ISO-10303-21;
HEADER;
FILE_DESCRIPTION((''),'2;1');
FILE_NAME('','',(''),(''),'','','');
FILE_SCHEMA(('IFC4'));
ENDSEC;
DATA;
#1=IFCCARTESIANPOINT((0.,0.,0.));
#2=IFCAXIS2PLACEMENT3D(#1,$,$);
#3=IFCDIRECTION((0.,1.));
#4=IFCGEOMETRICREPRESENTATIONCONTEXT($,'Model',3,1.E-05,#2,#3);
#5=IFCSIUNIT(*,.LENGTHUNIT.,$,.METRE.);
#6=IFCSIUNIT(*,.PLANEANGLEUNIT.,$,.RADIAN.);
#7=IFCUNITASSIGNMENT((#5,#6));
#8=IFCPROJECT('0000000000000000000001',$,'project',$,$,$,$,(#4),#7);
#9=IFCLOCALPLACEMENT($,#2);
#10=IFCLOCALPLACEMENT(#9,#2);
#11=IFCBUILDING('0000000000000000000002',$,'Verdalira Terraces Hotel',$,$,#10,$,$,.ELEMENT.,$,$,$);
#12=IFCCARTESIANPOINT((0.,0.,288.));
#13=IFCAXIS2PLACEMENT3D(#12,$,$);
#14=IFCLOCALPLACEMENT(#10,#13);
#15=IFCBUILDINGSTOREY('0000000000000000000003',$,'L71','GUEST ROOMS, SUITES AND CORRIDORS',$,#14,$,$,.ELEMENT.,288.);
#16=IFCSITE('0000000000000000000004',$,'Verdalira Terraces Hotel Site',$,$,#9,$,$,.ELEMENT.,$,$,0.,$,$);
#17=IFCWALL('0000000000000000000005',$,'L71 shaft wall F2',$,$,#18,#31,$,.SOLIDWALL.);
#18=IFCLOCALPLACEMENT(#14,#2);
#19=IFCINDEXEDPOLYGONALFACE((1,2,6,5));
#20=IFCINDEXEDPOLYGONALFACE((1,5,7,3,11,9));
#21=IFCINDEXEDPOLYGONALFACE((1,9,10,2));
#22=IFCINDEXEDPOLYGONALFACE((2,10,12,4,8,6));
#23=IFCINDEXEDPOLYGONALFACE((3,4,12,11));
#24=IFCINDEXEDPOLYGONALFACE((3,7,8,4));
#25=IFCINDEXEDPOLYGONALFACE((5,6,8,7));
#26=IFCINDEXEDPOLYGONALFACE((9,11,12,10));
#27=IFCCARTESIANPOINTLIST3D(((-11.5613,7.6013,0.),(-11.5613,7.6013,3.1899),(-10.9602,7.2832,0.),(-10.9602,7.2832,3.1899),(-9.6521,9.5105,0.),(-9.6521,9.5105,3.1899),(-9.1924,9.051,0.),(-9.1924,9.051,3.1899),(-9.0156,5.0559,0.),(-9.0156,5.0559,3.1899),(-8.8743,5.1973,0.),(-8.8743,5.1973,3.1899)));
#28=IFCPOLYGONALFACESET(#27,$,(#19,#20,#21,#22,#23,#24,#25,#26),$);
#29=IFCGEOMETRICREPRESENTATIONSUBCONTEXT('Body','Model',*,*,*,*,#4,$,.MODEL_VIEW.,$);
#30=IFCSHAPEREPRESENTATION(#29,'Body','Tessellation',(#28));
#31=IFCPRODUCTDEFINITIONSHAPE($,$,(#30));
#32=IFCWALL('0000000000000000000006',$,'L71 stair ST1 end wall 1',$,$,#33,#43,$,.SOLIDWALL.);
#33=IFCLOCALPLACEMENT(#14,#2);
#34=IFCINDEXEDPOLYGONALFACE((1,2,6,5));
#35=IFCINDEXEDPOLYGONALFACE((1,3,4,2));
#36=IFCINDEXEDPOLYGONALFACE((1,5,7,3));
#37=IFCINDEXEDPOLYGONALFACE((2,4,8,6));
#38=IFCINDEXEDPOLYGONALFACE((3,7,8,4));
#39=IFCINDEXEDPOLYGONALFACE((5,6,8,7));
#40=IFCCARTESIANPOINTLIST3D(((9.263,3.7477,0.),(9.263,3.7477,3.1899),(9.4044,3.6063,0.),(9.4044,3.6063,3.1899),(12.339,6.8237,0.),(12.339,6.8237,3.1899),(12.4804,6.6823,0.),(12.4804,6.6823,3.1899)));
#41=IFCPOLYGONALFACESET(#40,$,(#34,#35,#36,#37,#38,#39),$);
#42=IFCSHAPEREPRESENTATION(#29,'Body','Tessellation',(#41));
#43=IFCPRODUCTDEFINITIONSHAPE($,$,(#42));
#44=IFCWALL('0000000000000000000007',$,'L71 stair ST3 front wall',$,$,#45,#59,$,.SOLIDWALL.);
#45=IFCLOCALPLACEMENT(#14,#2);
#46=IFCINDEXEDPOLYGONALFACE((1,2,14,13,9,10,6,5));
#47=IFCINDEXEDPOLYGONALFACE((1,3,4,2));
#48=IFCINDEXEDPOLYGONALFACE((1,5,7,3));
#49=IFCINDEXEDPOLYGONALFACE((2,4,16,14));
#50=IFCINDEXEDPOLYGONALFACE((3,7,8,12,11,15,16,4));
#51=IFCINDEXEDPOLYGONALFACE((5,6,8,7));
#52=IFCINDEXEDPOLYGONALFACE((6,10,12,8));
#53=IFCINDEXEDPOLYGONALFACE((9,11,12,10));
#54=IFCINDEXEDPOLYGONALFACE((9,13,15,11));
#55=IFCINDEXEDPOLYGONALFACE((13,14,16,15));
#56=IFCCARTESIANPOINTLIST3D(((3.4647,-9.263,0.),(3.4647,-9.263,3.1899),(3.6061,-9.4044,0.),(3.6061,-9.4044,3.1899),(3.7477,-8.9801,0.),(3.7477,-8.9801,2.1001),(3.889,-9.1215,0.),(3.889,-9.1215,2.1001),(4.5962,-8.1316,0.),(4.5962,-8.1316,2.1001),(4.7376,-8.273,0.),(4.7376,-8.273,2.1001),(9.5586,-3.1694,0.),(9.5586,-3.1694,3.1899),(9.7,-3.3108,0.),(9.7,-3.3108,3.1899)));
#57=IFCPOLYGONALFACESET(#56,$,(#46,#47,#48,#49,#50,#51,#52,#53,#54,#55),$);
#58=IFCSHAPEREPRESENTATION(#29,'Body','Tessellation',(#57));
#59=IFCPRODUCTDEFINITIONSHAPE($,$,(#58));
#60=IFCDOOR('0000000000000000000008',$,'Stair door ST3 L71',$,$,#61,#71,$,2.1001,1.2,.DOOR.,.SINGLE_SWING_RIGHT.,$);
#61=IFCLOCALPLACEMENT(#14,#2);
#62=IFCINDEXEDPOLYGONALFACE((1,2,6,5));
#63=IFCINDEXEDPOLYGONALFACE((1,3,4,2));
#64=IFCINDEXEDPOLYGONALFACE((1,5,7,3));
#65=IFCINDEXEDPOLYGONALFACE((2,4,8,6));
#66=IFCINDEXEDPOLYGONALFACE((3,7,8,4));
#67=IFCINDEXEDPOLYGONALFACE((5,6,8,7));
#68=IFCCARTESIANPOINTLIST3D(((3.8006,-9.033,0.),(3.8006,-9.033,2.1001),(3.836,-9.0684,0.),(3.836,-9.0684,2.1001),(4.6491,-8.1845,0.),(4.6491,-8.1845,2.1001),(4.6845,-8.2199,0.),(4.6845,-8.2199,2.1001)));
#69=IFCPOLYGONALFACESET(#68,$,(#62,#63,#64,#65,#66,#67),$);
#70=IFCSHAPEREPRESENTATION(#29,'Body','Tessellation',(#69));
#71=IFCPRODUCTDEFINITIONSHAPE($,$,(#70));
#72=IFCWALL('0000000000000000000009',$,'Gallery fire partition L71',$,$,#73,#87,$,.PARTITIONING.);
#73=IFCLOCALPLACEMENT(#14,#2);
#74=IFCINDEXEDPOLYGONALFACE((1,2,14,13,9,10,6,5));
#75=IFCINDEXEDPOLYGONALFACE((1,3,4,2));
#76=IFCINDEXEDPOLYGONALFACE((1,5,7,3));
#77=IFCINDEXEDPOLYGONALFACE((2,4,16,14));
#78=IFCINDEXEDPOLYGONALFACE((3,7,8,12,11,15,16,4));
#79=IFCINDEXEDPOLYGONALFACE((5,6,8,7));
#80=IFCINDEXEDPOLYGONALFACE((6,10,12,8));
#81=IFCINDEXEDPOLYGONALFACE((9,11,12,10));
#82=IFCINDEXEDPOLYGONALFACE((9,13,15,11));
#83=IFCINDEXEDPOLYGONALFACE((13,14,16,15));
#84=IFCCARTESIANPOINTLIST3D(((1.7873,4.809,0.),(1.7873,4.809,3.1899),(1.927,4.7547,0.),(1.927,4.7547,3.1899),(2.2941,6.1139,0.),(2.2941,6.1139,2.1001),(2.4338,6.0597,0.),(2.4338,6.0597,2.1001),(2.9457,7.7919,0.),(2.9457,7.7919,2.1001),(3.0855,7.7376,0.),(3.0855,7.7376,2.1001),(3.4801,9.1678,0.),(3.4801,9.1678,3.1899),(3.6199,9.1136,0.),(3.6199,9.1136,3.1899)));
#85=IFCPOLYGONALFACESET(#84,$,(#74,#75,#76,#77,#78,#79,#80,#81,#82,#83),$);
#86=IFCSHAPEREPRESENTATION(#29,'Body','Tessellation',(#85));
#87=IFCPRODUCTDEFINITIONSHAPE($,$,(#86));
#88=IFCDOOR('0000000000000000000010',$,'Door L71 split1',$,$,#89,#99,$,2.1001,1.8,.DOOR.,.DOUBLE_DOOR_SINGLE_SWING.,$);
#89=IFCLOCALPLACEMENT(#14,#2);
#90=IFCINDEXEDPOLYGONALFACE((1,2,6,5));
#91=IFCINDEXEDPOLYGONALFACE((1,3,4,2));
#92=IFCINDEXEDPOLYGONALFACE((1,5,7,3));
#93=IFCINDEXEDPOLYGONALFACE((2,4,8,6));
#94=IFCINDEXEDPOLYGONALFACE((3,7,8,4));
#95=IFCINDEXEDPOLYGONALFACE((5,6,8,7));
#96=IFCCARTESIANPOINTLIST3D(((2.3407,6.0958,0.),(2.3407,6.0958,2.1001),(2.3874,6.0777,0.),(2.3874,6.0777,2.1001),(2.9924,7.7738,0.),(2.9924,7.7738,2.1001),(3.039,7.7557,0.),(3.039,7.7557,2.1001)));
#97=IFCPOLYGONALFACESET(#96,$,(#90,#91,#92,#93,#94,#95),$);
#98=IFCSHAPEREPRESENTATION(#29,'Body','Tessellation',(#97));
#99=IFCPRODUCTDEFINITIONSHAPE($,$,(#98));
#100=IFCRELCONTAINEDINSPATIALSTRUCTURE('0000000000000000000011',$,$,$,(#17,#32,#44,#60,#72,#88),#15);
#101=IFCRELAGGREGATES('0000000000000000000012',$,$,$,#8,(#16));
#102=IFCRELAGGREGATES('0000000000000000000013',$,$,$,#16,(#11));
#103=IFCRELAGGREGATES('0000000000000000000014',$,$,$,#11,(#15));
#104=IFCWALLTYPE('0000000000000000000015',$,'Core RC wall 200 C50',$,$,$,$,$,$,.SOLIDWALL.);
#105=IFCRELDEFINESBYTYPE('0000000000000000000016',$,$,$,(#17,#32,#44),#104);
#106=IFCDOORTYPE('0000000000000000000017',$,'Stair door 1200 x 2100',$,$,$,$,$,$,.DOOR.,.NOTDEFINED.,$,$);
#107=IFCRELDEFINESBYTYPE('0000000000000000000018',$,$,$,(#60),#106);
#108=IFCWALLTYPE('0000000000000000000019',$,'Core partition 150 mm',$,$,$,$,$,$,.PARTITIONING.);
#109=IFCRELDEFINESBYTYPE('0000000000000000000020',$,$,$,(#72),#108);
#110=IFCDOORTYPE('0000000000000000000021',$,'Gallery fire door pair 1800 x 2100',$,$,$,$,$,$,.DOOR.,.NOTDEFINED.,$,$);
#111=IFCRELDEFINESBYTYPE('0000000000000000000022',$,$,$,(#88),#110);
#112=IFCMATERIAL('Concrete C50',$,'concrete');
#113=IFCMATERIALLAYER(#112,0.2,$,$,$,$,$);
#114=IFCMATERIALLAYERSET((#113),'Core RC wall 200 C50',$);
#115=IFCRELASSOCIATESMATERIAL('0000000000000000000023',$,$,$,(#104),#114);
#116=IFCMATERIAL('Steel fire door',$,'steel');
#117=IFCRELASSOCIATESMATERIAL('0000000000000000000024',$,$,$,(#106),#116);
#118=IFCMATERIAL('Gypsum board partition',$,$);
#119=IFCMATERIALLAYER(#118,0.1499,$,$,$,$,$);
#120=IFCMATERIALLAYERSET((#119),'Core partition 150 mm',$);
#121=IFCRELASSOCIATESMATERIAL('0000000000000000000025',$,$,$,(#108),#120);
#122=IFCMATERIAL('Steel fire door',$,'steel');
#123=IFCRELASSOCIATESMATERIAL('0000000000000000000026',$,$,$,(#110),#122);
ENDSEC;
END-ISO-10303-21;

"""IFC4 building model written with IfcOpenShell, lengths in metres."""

from ifc_helpers import new_model, si_unit, direction, frame, frame_2d, origin, place, context, subcontext, project, spatial, polyline, rectangle, outline, extrude, material, layer, layer_set, type_object, element, fill, save


model = new_model("IFC4")

# Units and contexts
model_context = context("Model", 3, precision=1e-05, world=origin(), true_north=direction((0.0, 1.0)))
body_context = subcontext(model_context, "Body", "Model", "MODEL_VIEW")
ifc_project = project(units=[si_unit("LENGTHUNIT", "METRE"), si_unit("PLANEANGLEUNIT", "RADIAN")], contexts=[model_context])

# Site, building, storey
site_placement = place(None, origin())
site = spatial("IfcSite", under=ifc_project, at=site_placement, Name="Verdalira Terraces Hotel Site", CompositionType="ELEMENT", RefElevation=0.0)
building_placement = place(site_placement, origin())
building = spatial("IfcBuilding", under=site, at=building_placement, Name="Verdalira Terraces Hotel", CompositionType="ELEMENT")
storey_placement = place(building_placement, frame((0.0, 0.0, 288.0)))
storey = spatial("IfcBuildingStorey", under=building, at=storey_placement, Name="L71", Description="GUEST ROOMS, SUITES AND CORRIDORS", CompositionType="ELEMENT", Elevation=288.0)

# Shared definitions
ifc_material_1 = material(Name="Concrete C50", Category="concrete")
ifc_layer_1 = layer(ifc_material_1, 0.2)
ifc_layer_set_1 = layer_set([ifc_layer_1], Name="Core RC wall 200 C50")
wall_type_1 = type_object("IfcWallType", Name="Core RC wall 200 C50", PredefinedType="SOLIDWALL", material=ifc_layer_set_1)

# Walls
wall_1_placement = place(storey_placement, origin())
element("IfcWall", 1, at=wall_1_placement, inside=storey, type_object=wall_type_1, Name="L71 shaft wall F2", PredefinedType="SOLIDWALL", context=body_context, shape_type="SweptSolid", body=[
    extrude(outline(polyline([(-11.5613, 7.6013), (-9.6521, 9.5105), (-9.1924, 9.051), (-10.9602, 7.2832), (-8.8743, 5.1973), (-9.0156, 5.0559), (-11.5613, 7.6013)])), origin(), (0.0, 0.0, 1.0), 3.1899),
])
wall_2_placement = place(storey_placement, frame((9.3337, 3.677, 0.0), z_axis=(0.0, 0.0, 1.0), x_axis=(0.707107, 0.707107, 0.0)))
element("IfcWall", 2, at=wall_2_placement, inside=storey, type_object=wall_type_1, Name="L71 stair ST1 end wall 1", PredefinedType="SOLIDWALL", context=body_context, shape_type="SweptSolid", body=[
    extrude(rectangle(XDim=4.3501, YDim=0.2, at=frame_2d((2.175, 0.0))), origin(), (0.0, 0.0, 1.0), 3.1899),
])

# Walls, openings, doors
wall_3_placement = place(storey_placement, frame((9.6294, -3.24, 0.0), z_axis=(0.0, 0.0, 1.0), x_axis=(-0.707121, -0.707093, 0.0)))
wall_3 = element("IfcWall", 3, at=wall_3_placement, inside=storey, type_object=wall_type_1, Name="L71 stair ST3 front wall", PredefinedType="SOLIDWALL", context=body_context, shape_type="SweptSolid", body=[
    extrude(rectangle(XDim=8.6179, YDim=0.2, at=frame_2d((4.3091, 0.0))), origin(), (0.0, 0.0, 1.0), 3.1899),
])
opening_1_placement = place(wall_3_placement, frame((7.0178, 0.0, 0.0)))
opening_1 = element("IfcOpeningElement", 4, at=opening_1_placement, cuts=wall_3, PredefinedType="OPENING", context=body_context, shape_type="SweptSolid", body=[
    extrude(rectangle(XDim=1.2, YDim=2.1001, at=frame_2d((0.6001, 1.05))), frame((0.0, 0.1099, 0.0), z_axis=(0.0, -1.0, 0.0), x_axis=(1.0, 0.0, 0.0)), (0.0, 0.0, 1.0), 0.22),
])
ifc_material_2 = material(Name="Steel fire door", Category="steel")
door_type_1 = type_object("IfcDoorType", Name="Stair door 1200 x 2100", OperationType="NOTDEFINED", PredefinedType="DOOR", material=ifc_material_2)
door_1_placement = place(opening_1_placement, origin())
door_1 = element("IfcDoor", 5, at=door_1_placement, inside=storey, type_object=door_type_1, Name="Stair door ST3 L71", OperationType="SINGLE_SWING_RIGHT", OverallHeight=2.1001, OverallWidth=1.2, PredefinedType="DOOR", context=body_context, shape_type="SweptSolid", body=[
    extrude(rectangle(XDim=1.2, YDim=2.1001, at=frame_2d((0.6001, 1.05))), frame((0.0, 0.0249, 0.0), z_axis=(0.0, -1.0, 0.0), x_axis=(1.0, 0.0, 0.0)), (0.0, 0.0, 1.0), 0.05),
])
fill(opening_1, door_1)
ifc_material_3 = material(Name="Gypsum board partition")
ifc_layer_2 = layer(ifc_material_3, 0.1499)
ifc_layer_set_2 = layer_set([ifc_layer_2], Name="Core partition 150 mm")
wall_type_2 = type_object("IfcWallType", Name="Core partition 150 mm", PredefinedType="PARTITIONING", material=ifc_layer_set_2)
wall_4_placement = place(storey_placement, frame((1.8572, 4.782, 0.0), z_axis=(0.0, 0.0, 1.0), x_axis=(0.362028, 0.932167, 0.0)))
wall_4 = element("IfcWall", 6, at=wall_4_placement, inside=storey, type_object=wall_type_2, Name="Gallery fire partition L71", PredefinedType="PARTITIONING", context=body_context, shape_type="SweptSolid", body=[
    extrude(rectangle(XDim=4.676, YDim=0.1499, at=frame_2d((2.3379, 0.0))), origin(), (0.0, 0.0, 1.0), 3.1899),
])
opening_2_placement = place(wall_4_placement, frame((1.3999, 0.0, 0.0)))
opening_2 = element("IfcOpeningElement", 7, at=opening_2_placement, cuts=wall_4, PredefinedType="OPENING", context=body_context, shape_type="SweptSolid", body=[
    extrude(rectangle(XDim=1.8, YDim=2.1001, at=frame_2d((0.8999, 1.05))), frame((0.0, 0.085, 0.0), z_axis=(0.0, -1.0, 0.0), x_axis=(1.0, 0.0, 0.0)), (0.0, 0.0, 1.0), 0.1699),
])
ifc_material_4 = material(Name="Steel fire door", Category="steel")
door_type_2 = type_object("IfcDoorType", Name="Gallery fire door pair 1800 x 2100", OperationType="NOTDEFINED", PredefinedType="DOOR", material=ifc_material_4)
door_2_placement = place(opening_2_placement, origin())
door_2 = element("IfcDoor", 8, at=door_2_placement, inside=storey, type_object=door_type_2, Name="Door L71 split1", OperationType="DOUBLE_DOOR_SINGLE_SWING", OverallHeight=2.1001, OverallWidth=1.8, PredefinedType="DOOR", context=body_context, shape_type="SweptSolid", body=[
    extrude(rectangle(XDim=1.8, YDim=2.1001, at=frame_2d((0.8999, 1.05))), frame((0.0, 0.0249, 0.0), z_axis=(0.0, -1.0, 0.0), x_axis=(1.0, 0.0, 0.0)), (0.0, 0.0, 1.0), 0.05),
])
fill(opening_2, door_2)

save(model, "model.ifc")
